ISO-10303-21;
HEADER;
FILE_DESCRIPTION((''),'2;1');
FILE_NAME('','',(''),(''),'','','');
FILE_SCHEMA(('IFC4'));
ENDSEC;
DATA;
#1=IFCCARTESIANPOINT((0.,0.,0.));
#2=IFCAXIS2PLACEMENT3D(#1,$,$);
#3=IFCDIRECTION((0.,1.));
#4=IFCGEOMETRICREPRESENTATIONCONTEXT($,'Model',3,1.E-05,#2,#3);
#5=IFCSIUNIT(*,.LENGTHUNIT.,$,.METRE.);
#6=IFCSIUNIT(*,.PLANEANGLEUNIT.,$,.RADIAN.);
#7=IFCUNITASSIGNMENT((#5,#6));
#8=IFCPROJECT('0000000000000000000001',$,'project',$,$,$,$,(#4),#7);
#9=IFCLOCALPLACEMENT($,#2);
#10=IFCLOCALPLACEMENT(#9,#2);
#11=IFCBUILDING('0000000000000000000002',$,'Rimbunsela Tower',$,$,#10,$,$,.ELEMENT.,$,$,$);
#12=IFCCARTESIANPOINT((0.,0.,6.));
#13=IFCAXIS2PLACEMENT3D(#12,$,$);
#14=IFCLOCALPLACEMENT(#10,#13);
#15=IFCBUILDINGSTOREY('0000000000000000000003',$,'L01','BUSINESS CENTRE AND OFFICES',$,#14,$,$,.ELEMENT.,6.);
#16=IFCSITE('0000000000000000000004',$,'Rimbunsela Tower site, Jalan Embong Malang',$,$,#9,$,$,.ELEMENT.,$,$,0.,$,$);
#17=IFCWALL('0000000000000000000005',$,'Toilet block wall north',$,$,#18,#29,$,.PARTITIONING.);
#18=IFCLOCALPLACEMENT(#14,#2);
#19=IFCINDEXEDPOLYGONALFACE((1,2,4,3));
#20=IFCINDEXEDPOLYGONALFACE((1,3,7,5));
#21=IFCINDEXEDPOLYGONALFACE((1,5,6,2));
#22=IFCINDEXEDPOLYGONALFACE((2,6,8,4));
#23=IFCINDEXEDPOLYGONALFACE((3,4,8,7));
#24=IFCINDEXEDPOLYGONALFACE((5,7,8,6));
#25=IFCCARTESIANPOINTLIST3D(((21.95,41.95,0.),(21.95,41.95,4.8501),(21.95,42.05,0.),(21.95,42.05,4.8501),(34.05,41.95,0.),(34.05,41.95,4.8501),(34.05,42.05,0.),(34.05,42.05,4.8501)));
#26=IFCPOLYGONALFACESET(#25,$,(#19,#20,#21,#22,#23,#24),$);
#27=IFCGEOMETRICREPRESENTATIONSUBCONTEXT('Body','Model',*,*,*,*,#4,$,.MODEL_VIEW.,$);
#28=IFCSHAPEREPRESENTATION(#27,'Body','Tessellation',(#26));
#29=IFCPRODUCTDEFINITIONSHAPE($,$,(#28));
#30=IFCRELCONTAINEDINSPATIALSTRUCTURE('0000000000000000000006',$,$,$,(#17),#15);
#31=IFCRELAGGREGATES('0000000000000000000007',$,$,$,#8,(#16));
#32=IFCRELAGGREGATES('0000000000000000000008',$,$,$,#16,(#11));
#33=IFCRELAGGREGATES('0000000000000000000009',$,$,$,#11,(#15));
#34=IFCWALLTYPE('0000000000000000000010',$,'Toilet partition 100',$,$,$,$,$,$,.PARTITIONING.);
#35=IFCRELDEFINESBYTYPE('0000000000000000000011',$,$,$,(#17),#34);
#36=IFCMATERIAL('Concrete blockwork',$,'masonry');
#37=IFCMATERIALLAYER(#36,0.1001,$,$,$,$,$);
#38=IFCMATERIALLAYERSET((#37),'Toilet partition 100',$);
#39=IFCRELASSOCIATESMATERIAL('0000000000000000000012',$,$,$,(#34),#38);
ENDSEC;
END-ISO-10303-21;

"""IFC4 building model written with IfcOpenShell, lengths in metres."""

from ifc_helpers import new_model, si_unit, direction, frame, frame_2d, origin, place, context, subcontext, project, spatial, rectangle, extrude, material, layer, layer_set, type_object, element, save


model = new_model("IFC4")

# Units and contexts
model_context = context("Model", 3, precision=1e-05, world=origin(), true_north=direction((0.0, 1.0)))
body_context = subcontext(model_context, "Body", "Model", "MODEL_VIEW")
ifc_project = project(units=[si_unit("LENGTHUNIT", "METRE"), si_unit("PLANEANGLEUNIT", "RADIAN")], contexts=[model_context])

# Site, building, storey
site_placement = place(None, origin())
site = spatial("IfcSite", under=ifc_project, at=site_placement, Name="Rimbunsela Tower site, Jalan Embong Malang", CompositionType="ELEMENT", RefElevation=0.0)
building_placement = place(site_placement, origin())
building = spatial("IfcBuilding", under=site, at=building_placement, Name="Rimbunsela Tower", CompositionType="ELEMENT")
storey_placement = place(building_placement, frame((0.0, 0.0, 6.0)))
storey = spatial("IfcBuildingStorey", under=building, at=storey_placement, Name="L01", Description="BUSINESS CENTRE AND OFFICES", CompositionType="ELEMENT", Elevation=6.0)

# Wall
ifc_material_1 = material(Name="Concrete blockwork", Category="masonry")
ifc_layer_1 = layer(ifc_material_1, 0.1001)
ifc_layer_set_1 = layer_set([ifc_layer_1], Name="Toilet partition 100")
wall_type = type_object("IfcWallType", Name="Toilet partition 100", PredefinedType="PARTITIONING", material=ifc_layer_set_1)
wall_placement = place(storey_placement, frame((21.95, 42.0, 0.0), z_axis=(0.0, 0.0, 1.0), x_axis=(1.0, 0.0, 0.0)))
element("IfcWall", 1, at=wall_placement, inside=storey, type_object=wall_type, Name="Toilet block wall north", PredefinedType="PARTITIONING", context=body_context, shape_type="SweptSolid", body=[
    extrude(rectangle(XDim=12.1001, YDim=0.1001, at=frame_2d((6.05, 0.0))), origin(), (0.0, 0.0, 1.0), 4.8501),
])

save(model, "model.ifc")
